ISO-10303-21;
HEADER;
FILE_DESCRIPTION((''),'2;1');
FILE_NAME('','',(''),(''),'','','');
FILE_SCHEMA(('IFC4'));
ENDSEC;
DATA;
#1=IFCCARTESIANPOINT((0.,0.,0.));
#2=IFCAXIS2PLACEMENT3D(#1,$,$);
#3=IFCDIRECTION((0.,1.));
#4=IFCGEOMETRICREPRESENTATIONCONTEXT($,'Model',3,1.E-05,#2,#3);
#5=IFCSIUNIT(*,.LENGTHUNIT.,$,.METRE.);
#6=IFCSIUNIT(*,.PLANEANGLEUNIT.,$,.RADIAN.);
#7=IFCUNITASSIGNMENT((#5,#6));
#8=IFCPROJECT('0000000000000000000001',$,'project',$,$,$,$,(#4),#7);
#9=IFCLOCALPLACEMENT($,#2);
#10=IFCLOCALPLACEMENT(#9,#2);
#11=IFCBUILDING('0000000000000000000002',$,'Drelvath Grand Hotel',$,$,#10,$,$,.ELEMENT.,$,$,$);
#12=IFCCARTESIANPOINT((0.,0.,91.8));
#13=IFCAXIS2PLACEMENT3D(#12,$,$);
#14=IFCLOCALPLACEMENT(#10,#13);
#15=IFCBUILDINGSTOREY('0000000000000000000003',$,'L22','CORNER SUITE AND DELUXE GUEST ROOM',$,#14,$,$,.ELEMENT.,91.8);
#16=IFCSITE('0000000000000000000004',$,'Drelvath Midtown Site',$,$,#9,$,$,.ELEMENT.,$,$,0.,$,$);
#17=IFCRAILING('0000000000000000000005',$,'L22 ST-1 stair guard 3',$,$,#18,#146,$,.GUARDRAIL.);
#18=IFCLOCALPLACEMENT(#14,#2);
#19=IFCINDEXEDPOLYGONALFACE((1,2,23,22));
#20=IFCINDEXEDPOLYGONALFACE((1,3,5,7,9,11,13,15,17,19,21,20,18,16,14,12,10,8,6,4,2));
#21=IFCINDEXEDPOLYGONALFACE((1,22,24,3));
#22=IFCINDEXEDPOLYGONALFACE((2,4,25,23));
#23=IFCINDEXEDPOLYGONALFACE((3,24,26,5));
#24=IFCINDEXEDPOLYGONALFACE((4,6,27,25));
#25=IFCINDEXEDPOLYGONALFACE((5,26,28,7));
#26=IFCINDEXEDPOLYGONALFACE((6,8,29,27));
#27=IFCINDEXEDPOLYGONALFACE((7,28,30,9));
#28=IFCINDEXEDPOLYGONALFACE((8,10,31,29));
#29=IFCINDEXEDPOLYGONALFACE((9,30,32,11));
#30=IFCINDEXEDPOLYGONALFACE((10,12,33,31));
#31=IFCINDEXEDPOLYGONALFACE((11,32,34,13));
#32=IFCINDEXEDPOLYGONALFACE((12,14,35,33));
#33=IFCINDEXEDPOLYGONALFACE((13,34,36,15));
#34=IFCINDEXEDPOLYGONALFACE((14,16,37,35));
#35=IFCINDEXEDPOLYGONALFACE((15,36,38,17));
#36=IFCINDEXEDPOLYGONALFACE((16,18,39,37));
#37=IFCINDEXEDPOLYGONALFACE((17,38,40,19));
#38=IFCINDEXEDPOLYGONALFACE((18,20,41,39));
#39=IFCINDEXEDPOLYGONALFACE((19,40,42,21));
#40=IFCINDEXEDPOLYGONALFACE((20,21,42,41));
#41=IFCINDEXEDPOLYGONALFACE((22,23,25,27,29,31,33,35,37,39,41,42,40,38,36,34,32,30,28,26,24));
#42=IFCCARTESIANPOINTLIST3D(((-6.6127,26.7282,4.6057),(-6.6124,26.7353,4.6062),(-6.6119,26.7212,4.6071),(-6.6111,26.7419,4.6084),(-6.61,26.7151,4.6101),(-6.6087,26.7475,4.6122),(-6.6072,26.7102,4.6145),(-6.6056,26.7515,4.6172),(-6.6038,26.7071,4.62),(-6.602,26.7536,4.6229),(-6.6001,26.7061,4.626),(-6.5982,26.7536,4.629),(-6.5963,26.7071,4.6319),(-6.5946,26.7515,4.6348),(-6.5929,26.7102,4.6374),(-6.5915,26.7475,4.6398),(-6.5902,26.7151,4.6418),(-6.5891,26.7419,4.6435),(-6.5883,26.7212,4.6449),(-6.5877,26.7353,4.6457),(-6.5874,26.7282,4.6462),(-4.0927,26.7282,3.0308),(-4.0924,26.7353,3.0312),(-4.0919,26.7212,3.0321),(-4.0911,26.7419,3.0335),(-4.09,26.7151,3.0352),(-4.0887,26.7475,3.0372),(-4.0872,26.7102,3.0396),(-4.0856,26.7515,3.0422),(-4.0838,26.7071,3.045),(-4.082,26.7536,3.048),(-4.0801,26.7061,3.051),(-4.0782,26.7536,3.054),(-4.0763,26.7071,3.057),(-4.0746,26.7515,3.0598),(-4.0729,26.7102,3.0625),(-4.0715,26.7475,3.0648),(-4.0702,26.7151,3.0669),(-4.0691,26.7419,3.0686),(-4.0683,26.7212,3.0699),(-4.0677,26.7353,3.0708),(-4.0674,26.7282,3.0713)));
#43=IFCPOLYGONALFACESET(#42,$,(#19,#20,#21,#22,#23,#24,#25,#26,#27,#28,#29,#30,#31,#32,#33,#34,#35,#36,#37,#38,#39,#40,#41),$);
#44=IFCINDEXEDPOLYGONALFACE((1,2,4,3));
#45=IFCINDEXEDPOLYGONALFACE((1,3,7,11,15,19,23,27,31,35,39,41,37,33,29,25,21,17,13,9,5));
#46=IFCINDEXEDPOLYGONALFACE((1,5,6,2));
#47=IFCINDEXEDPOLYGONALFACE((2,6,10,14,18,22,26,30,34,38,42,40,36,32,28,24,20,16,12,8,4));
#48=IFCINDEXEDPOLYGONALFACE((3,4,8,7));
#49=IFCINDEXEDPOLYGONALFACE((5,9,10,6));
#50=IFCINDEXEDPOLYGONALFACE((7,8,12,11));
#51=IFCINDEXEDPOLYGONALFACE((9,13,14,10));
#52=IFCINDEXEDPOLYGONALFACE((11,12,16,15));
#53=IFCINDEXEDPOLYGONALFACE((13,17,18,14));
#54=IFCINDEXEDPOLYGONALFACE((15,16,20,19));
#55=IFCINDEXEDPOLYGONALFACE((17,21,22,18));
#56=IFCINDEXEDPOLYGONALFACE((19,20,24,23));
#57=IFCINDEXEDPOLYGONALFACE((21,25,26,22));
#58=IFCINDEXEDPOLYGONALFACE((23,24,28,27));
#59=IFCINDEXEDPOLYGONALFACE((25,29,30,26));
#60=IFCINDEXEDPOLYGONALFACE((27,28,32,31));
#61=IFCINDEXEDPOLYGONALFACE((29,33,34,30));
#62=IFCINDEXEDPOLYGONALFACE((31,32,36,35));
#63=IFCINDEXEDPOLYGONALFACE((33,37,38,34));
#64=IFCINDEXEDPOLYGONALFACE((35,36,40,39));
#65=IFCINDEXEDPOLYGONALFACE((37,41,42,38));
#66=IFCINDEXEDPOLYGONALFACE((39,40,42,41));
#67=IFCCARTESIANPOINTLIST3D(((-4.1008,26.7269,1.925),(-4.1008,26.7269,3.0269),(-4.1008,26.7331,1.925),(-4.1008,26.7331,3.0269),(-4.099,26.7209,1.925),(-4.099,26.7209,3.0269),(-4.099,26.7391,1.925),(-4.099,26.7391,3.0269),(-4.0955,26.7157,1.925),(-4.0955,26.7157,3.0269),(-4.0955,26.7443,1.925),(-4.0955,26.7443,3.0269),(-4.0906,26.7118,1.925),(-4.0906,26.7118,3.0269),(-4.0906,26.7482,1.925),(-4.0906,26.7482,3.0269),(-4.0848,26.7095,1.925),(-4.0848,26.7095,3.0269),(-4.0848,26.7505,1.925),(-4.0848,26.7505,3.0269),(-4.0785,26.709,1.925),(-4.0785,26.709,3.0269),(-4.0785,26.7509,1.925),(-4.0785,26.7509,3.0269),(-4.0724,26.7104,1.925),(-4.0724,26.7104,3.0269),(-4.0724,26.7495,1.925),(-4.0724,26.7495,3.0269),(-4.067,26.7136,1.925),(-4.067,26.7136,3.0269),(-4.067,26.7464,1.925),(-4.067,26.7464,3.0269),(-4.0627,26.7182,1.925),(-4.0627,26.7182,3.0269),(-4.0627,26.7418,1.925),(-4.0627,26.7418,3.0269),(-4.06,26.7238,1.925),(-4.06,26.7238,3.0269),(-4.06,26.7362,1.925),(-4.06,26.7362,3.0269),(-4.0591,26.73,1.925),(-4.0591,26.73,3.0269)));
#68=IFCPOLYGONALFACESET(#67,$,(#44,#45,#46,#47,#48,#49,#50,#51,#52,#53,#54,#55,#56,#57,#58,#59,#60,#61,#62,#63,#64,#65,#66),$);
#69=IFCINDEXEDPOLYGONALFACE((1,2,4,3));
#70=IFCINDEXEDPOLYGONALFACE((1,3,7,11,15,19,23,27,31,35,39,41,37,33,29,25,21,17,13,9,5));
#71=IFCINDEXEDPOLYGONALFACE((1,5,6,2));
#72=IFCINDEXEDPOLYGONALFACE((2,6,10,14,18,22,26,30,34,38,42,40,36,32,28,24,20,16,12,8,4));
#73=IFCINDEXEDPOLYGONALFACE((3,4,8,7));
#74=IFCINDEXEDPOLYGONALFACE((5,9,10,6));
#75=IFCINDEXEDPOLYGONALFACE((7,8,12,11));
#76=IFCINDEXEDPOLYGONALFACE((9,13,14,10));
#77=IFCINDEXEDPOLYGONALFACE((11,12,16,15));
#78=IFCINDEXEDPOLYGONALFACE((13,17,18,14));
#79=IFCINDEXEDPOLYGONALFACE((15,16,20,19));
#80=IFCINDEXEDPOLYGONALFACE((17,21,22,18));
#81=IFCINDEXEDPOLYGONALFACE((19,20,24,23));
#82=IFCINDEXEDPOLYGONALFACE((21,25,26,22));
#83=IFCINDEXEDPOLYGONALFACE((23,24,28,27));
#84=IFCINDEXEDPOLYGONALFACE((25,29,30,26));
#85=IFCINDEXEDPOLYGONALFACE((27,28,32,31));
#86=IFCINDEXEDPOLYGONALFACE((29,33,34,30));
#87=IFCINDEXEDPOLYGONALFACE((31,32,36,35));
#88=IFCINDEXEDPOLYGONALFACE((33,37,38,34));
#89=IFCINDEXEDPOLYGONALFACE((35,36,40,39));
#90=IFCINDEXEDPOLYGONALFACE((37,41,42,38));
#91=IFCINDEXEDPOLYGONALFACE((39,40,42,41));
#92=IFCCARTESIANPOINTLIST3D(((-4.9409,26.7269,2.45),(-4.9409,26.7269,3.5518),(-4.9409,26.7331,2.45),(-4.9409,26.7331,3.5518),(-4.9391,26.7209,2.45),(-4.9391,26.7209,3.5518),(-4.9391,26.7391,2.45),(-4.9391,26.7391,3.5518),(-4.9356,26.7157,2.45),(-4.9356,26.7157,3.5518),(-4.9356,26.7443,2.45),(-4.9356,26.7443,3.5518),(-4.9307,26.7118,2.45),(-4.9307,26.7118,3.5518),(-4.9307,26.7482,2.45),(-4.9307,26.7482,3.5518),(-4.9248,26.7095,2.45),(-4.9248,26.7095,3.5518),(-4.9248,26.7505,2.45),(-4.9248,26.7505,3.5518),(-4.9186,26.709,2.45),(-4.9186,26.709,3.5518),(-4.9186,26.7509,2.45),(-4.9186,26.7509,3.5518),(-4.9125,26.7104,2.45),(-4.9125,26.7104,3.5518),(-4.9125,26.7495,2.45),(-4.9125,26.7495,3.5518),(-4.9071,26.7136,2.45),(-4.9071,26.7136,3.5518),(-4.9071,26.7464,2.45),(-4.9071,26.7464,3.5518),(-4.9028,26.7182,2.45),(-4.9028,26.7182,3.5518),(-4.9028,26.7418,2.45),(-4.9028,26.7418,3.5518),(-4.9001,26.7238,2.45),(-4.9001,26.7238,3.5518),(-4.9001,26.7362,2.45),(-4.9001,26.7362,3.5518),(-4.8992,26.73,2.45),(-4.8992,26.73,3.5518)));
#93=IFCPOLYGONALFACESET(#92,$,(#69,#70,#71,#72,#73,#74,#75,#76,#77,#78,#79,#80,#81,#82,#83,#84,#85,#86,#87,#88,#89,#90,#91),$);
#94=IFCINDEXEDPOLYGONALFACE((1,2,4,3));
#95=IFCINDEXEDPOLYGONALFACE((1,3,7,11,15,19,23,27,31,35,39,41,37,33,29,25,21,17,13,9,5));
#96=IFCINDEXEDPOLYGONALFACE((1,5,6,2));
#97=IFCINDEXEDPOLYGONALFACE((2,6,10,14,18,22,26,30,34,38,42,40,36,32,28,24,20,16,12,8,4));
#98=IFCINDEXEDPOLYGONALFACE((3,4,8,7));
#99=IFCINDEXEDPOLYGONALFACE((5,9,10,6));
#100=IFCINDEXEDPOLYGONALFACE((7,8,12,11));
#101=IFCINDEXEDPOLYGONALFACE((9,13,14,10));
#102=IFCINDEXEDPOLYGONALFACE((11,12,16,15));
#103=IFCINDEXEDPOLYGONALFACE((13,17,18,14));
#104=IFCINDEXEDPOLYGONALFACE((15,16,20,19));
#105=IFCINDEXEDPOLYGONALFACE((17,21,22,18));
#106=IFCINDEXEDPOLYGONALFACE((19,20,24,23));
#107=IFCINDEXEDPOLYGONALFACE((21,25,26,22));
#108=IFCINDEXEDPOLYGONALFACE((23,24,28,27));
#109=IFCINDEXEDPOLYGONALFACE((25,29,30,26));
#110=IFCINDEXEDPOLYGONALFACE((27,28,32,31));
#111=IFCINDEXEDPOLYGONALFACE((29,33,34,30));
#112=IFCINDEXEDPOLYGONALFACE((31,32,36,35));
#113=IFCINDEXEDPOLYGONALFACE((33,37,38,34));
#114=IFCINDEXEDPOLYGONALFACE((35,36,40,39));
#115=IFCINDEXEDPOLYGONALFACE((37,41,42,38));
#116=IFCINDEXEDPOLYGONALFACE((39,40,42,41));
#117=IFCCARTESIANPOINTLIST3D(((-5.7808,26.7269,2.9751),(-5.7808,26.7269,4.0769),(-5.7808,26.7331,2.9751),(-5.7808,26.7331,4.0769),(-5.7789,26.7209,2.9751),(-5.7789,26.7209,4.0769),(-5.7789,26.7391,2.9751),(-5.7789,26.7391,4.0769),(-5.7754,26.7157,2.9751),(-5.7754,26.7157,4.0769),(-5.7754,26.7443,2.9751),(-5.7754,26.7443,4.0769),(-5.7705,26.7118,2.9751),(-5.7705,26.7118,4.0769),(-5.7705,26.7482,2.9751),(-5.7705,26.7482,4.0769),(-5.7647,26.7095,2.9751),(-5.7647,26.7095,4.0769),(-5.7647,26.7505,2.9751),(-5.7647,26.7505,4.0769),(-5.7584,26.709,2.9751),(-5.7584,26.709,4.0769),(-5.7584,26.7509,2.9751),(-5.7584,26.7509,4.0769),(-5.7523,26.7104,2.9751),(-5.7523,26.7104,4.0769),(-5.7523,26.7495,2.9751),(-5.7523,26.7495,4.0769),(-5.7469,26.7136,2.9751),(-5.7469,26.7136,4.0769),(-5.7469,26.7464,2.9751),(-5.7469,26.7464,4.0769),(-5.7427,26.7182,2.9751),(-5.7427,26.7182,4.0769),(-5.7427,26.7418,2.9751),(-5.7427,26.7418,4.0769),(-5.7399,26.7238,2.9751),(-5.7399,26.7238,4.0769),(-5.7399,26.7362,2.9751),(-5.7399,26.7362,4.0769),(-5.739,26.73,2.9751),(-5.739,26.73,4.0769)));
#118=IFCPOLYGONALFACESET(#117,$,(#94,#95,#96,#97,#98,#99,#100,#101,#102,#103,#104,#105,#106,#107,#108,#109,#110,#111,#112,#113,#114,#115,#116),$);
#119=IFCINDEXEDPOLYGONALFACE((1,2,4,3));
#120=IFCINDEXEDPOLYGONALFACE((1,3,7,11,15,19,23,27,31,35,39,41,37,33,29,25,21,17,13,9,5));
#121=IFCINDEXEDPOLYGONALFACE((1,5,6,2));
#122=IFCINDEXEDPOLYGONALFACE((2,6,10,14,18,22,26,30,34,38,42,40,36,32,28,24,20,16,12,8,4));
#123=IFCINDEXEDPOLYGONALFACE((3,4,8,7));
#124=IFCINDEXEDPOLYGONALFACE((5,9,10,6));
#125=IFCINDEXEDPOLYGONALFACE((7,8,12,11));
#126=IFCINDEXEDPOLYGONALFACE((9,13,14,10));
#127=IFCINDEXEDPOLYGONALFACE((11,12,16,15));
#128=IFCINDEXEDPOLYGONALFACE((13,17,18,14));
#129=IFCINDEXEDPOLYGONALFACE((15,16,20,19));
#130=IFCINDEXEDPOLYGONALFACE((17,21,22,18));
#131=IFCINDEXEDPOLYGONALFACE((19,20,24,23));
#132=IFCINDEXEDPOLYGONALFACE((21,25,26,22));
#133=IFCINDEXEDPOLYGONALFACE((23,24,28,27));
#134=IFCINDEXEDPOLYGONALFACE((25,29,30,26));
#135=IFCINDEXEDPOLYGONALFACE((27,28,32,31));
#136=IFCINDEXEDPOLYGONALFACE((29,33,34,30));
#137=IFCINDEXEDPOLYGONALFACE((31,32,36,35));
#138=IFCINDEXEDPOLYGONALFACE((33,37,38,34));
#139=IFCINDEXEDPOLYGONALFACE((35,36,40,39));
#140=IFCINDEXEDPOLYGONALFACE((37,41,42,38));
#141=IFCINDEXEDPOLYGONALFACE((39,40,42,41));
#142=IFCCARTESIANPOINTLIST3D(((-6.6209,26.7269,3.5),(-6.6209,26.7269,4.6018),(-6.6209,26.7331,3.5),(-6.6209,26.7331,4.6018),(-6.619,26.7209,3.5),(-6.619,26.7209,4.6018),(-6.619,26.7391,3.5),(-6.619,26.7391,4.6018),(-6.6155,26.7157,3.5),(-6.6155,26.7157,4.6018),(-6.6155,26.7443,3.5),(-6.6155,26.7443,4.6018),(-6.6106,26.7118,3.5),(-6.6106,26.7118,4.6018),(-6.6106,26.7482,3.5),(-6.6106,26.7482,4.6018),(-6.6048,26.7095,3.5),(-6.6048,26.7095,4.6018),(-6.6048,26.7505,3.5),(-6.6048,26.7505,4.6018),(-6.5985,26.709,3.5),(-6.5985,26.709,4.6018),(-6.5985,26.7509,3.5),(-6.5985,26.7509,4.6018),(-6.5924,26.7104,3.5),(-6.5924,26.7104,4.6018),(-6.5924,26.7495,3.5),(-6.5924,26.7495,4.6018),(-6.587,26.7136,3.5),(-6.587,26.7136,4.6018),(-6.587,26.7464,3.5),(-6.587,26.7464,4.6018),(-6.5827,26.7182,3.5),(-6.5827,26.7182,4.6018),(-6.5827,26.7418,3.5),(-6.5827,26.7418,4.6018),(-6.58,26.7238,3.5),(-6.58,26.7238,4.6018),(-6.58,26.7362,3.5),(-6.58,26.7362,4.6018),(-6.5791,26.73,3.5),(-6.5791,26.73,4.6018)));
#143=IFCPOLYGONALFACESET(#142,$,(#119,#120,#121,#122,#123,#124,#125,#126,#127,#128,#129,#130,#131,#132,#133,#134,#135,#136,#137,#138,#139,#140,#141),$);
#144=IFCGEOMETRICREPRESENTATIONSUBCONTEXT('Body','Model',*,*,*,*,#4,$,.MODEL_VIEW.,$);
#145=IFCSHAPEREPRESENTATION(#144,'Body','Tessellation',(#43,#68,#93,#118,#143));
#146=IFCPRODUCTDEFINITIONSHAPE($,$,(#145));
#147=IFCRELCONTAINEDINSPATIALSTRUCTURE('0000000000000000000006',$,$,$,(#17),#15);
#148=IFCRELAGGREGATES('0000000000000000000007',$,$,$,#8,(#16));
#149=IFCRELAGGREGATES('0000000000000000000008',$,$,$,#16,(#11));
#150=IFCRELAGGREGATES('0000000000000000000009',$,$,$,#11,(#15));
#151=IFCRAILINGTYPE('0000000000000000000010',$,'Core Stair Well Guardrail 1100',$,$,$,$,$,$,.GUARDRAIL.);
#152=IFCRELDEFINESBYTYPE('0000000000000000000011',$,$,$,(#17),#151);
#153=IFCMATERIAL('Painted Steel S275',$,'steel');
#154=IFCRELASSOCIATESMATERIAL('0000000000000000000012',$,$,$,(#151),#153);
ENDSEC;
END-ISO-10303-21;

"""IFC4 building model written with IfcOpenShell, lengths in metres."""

from ifc_helpers import new_model, si_unit, direction, frame, origin, origin_2d, place, context, subcontext, project, spatial, circle, extrude, material, type_object, element, save


model = new_model("IFC4")

# Units and contexts
model_context = context("Model", 3, precision=1e-05, world=origin(), true_north=direction((0.0, 1.0)))
body_context = subcontext(model_context, "Body", "Model", "MODEL_VIEW")
ifc_project = project(units=[si_unit("LENGTHUNIT", "METRE"), si_unit("PLANEANGLEUNIT", "RADIAN")], contexts=[model_context])

# Site, building, storey
site_placement = place(None, origin())
site = spatial("IfcSite", under=ifc_project, at=site_placement, Name="Drelvath Midtown Site", CompositionType="ELEMENT", RefElevation=0.0)
building_placement = place(site_placement, origin())
building = spatial("IfcBuilding", under=site, at=building_placement, Name="Drelvath Grand Hotel", CompositionType="ELEMENT")
storey_placement = place(building_placement, frame((0.0, 0.0, 91.8)))
storey = spatial("IfcBuildingStorey", under=building, at=storey_placement, Name="L22", Description="CORNER SUITE AND DELUXE GUEST ROOM", CompositionType="ELEMENT", Elevation=91.8)

# Shared definitions
ifc_material_1 = material(Name="Painted Steel S275", Category="steel")

# Railing
railing_type_1 = type_object("IfcRailingType", Name="Core Stair Well Guardrail 1100", PredefinedType="GUARDRAIL", material=ifc_material_1)
railing_1_placement = place(storey_placement, frame((-4.0801, 26.73, 1.925)))
element("IfcRailing", 1, at=railing_1_placement, inside=storey, type_object=railing_type_1, Name="L22 ST-1 stair guard 3", PredefinedType="GUARDRAIL", context=body_context, shape_type="SweptSolid", body=[
    extrude(circle(Radius=0.0239, at=origin_2d()), frame((0.0, 0.0, 1.126), z_axis=(-0.848008, 0.0, 0.529984), x_axis=(0.0, -1.0, 0.0)), (0.0, 0.0, 1.0), 2.9717),
    extrude(circle(Radius=0.021, at=origin_2d()), origin(), (0.0, 0.0, 1.0), 1.1018),
    extrude(circle(Radius=0.021, at=origin_2d()), frame((-0.8401, 0.0, 0.5249)), (0.0, 0.0, 1.0), 1.1018),
    extrude(circle(Radius=0.021, at=origin_2d()), frame((-1.6799, 0.0, 1.05)), (0.0, 0.0, 1.0), 1.1018),
    extrude(circle(Radius=0.021, at=origin_2d()), frame((-2.52, 0.0, 1.575)), (0.0, 0.0, 1.0), 1.1018),
])

save(model, "model.ifc")
